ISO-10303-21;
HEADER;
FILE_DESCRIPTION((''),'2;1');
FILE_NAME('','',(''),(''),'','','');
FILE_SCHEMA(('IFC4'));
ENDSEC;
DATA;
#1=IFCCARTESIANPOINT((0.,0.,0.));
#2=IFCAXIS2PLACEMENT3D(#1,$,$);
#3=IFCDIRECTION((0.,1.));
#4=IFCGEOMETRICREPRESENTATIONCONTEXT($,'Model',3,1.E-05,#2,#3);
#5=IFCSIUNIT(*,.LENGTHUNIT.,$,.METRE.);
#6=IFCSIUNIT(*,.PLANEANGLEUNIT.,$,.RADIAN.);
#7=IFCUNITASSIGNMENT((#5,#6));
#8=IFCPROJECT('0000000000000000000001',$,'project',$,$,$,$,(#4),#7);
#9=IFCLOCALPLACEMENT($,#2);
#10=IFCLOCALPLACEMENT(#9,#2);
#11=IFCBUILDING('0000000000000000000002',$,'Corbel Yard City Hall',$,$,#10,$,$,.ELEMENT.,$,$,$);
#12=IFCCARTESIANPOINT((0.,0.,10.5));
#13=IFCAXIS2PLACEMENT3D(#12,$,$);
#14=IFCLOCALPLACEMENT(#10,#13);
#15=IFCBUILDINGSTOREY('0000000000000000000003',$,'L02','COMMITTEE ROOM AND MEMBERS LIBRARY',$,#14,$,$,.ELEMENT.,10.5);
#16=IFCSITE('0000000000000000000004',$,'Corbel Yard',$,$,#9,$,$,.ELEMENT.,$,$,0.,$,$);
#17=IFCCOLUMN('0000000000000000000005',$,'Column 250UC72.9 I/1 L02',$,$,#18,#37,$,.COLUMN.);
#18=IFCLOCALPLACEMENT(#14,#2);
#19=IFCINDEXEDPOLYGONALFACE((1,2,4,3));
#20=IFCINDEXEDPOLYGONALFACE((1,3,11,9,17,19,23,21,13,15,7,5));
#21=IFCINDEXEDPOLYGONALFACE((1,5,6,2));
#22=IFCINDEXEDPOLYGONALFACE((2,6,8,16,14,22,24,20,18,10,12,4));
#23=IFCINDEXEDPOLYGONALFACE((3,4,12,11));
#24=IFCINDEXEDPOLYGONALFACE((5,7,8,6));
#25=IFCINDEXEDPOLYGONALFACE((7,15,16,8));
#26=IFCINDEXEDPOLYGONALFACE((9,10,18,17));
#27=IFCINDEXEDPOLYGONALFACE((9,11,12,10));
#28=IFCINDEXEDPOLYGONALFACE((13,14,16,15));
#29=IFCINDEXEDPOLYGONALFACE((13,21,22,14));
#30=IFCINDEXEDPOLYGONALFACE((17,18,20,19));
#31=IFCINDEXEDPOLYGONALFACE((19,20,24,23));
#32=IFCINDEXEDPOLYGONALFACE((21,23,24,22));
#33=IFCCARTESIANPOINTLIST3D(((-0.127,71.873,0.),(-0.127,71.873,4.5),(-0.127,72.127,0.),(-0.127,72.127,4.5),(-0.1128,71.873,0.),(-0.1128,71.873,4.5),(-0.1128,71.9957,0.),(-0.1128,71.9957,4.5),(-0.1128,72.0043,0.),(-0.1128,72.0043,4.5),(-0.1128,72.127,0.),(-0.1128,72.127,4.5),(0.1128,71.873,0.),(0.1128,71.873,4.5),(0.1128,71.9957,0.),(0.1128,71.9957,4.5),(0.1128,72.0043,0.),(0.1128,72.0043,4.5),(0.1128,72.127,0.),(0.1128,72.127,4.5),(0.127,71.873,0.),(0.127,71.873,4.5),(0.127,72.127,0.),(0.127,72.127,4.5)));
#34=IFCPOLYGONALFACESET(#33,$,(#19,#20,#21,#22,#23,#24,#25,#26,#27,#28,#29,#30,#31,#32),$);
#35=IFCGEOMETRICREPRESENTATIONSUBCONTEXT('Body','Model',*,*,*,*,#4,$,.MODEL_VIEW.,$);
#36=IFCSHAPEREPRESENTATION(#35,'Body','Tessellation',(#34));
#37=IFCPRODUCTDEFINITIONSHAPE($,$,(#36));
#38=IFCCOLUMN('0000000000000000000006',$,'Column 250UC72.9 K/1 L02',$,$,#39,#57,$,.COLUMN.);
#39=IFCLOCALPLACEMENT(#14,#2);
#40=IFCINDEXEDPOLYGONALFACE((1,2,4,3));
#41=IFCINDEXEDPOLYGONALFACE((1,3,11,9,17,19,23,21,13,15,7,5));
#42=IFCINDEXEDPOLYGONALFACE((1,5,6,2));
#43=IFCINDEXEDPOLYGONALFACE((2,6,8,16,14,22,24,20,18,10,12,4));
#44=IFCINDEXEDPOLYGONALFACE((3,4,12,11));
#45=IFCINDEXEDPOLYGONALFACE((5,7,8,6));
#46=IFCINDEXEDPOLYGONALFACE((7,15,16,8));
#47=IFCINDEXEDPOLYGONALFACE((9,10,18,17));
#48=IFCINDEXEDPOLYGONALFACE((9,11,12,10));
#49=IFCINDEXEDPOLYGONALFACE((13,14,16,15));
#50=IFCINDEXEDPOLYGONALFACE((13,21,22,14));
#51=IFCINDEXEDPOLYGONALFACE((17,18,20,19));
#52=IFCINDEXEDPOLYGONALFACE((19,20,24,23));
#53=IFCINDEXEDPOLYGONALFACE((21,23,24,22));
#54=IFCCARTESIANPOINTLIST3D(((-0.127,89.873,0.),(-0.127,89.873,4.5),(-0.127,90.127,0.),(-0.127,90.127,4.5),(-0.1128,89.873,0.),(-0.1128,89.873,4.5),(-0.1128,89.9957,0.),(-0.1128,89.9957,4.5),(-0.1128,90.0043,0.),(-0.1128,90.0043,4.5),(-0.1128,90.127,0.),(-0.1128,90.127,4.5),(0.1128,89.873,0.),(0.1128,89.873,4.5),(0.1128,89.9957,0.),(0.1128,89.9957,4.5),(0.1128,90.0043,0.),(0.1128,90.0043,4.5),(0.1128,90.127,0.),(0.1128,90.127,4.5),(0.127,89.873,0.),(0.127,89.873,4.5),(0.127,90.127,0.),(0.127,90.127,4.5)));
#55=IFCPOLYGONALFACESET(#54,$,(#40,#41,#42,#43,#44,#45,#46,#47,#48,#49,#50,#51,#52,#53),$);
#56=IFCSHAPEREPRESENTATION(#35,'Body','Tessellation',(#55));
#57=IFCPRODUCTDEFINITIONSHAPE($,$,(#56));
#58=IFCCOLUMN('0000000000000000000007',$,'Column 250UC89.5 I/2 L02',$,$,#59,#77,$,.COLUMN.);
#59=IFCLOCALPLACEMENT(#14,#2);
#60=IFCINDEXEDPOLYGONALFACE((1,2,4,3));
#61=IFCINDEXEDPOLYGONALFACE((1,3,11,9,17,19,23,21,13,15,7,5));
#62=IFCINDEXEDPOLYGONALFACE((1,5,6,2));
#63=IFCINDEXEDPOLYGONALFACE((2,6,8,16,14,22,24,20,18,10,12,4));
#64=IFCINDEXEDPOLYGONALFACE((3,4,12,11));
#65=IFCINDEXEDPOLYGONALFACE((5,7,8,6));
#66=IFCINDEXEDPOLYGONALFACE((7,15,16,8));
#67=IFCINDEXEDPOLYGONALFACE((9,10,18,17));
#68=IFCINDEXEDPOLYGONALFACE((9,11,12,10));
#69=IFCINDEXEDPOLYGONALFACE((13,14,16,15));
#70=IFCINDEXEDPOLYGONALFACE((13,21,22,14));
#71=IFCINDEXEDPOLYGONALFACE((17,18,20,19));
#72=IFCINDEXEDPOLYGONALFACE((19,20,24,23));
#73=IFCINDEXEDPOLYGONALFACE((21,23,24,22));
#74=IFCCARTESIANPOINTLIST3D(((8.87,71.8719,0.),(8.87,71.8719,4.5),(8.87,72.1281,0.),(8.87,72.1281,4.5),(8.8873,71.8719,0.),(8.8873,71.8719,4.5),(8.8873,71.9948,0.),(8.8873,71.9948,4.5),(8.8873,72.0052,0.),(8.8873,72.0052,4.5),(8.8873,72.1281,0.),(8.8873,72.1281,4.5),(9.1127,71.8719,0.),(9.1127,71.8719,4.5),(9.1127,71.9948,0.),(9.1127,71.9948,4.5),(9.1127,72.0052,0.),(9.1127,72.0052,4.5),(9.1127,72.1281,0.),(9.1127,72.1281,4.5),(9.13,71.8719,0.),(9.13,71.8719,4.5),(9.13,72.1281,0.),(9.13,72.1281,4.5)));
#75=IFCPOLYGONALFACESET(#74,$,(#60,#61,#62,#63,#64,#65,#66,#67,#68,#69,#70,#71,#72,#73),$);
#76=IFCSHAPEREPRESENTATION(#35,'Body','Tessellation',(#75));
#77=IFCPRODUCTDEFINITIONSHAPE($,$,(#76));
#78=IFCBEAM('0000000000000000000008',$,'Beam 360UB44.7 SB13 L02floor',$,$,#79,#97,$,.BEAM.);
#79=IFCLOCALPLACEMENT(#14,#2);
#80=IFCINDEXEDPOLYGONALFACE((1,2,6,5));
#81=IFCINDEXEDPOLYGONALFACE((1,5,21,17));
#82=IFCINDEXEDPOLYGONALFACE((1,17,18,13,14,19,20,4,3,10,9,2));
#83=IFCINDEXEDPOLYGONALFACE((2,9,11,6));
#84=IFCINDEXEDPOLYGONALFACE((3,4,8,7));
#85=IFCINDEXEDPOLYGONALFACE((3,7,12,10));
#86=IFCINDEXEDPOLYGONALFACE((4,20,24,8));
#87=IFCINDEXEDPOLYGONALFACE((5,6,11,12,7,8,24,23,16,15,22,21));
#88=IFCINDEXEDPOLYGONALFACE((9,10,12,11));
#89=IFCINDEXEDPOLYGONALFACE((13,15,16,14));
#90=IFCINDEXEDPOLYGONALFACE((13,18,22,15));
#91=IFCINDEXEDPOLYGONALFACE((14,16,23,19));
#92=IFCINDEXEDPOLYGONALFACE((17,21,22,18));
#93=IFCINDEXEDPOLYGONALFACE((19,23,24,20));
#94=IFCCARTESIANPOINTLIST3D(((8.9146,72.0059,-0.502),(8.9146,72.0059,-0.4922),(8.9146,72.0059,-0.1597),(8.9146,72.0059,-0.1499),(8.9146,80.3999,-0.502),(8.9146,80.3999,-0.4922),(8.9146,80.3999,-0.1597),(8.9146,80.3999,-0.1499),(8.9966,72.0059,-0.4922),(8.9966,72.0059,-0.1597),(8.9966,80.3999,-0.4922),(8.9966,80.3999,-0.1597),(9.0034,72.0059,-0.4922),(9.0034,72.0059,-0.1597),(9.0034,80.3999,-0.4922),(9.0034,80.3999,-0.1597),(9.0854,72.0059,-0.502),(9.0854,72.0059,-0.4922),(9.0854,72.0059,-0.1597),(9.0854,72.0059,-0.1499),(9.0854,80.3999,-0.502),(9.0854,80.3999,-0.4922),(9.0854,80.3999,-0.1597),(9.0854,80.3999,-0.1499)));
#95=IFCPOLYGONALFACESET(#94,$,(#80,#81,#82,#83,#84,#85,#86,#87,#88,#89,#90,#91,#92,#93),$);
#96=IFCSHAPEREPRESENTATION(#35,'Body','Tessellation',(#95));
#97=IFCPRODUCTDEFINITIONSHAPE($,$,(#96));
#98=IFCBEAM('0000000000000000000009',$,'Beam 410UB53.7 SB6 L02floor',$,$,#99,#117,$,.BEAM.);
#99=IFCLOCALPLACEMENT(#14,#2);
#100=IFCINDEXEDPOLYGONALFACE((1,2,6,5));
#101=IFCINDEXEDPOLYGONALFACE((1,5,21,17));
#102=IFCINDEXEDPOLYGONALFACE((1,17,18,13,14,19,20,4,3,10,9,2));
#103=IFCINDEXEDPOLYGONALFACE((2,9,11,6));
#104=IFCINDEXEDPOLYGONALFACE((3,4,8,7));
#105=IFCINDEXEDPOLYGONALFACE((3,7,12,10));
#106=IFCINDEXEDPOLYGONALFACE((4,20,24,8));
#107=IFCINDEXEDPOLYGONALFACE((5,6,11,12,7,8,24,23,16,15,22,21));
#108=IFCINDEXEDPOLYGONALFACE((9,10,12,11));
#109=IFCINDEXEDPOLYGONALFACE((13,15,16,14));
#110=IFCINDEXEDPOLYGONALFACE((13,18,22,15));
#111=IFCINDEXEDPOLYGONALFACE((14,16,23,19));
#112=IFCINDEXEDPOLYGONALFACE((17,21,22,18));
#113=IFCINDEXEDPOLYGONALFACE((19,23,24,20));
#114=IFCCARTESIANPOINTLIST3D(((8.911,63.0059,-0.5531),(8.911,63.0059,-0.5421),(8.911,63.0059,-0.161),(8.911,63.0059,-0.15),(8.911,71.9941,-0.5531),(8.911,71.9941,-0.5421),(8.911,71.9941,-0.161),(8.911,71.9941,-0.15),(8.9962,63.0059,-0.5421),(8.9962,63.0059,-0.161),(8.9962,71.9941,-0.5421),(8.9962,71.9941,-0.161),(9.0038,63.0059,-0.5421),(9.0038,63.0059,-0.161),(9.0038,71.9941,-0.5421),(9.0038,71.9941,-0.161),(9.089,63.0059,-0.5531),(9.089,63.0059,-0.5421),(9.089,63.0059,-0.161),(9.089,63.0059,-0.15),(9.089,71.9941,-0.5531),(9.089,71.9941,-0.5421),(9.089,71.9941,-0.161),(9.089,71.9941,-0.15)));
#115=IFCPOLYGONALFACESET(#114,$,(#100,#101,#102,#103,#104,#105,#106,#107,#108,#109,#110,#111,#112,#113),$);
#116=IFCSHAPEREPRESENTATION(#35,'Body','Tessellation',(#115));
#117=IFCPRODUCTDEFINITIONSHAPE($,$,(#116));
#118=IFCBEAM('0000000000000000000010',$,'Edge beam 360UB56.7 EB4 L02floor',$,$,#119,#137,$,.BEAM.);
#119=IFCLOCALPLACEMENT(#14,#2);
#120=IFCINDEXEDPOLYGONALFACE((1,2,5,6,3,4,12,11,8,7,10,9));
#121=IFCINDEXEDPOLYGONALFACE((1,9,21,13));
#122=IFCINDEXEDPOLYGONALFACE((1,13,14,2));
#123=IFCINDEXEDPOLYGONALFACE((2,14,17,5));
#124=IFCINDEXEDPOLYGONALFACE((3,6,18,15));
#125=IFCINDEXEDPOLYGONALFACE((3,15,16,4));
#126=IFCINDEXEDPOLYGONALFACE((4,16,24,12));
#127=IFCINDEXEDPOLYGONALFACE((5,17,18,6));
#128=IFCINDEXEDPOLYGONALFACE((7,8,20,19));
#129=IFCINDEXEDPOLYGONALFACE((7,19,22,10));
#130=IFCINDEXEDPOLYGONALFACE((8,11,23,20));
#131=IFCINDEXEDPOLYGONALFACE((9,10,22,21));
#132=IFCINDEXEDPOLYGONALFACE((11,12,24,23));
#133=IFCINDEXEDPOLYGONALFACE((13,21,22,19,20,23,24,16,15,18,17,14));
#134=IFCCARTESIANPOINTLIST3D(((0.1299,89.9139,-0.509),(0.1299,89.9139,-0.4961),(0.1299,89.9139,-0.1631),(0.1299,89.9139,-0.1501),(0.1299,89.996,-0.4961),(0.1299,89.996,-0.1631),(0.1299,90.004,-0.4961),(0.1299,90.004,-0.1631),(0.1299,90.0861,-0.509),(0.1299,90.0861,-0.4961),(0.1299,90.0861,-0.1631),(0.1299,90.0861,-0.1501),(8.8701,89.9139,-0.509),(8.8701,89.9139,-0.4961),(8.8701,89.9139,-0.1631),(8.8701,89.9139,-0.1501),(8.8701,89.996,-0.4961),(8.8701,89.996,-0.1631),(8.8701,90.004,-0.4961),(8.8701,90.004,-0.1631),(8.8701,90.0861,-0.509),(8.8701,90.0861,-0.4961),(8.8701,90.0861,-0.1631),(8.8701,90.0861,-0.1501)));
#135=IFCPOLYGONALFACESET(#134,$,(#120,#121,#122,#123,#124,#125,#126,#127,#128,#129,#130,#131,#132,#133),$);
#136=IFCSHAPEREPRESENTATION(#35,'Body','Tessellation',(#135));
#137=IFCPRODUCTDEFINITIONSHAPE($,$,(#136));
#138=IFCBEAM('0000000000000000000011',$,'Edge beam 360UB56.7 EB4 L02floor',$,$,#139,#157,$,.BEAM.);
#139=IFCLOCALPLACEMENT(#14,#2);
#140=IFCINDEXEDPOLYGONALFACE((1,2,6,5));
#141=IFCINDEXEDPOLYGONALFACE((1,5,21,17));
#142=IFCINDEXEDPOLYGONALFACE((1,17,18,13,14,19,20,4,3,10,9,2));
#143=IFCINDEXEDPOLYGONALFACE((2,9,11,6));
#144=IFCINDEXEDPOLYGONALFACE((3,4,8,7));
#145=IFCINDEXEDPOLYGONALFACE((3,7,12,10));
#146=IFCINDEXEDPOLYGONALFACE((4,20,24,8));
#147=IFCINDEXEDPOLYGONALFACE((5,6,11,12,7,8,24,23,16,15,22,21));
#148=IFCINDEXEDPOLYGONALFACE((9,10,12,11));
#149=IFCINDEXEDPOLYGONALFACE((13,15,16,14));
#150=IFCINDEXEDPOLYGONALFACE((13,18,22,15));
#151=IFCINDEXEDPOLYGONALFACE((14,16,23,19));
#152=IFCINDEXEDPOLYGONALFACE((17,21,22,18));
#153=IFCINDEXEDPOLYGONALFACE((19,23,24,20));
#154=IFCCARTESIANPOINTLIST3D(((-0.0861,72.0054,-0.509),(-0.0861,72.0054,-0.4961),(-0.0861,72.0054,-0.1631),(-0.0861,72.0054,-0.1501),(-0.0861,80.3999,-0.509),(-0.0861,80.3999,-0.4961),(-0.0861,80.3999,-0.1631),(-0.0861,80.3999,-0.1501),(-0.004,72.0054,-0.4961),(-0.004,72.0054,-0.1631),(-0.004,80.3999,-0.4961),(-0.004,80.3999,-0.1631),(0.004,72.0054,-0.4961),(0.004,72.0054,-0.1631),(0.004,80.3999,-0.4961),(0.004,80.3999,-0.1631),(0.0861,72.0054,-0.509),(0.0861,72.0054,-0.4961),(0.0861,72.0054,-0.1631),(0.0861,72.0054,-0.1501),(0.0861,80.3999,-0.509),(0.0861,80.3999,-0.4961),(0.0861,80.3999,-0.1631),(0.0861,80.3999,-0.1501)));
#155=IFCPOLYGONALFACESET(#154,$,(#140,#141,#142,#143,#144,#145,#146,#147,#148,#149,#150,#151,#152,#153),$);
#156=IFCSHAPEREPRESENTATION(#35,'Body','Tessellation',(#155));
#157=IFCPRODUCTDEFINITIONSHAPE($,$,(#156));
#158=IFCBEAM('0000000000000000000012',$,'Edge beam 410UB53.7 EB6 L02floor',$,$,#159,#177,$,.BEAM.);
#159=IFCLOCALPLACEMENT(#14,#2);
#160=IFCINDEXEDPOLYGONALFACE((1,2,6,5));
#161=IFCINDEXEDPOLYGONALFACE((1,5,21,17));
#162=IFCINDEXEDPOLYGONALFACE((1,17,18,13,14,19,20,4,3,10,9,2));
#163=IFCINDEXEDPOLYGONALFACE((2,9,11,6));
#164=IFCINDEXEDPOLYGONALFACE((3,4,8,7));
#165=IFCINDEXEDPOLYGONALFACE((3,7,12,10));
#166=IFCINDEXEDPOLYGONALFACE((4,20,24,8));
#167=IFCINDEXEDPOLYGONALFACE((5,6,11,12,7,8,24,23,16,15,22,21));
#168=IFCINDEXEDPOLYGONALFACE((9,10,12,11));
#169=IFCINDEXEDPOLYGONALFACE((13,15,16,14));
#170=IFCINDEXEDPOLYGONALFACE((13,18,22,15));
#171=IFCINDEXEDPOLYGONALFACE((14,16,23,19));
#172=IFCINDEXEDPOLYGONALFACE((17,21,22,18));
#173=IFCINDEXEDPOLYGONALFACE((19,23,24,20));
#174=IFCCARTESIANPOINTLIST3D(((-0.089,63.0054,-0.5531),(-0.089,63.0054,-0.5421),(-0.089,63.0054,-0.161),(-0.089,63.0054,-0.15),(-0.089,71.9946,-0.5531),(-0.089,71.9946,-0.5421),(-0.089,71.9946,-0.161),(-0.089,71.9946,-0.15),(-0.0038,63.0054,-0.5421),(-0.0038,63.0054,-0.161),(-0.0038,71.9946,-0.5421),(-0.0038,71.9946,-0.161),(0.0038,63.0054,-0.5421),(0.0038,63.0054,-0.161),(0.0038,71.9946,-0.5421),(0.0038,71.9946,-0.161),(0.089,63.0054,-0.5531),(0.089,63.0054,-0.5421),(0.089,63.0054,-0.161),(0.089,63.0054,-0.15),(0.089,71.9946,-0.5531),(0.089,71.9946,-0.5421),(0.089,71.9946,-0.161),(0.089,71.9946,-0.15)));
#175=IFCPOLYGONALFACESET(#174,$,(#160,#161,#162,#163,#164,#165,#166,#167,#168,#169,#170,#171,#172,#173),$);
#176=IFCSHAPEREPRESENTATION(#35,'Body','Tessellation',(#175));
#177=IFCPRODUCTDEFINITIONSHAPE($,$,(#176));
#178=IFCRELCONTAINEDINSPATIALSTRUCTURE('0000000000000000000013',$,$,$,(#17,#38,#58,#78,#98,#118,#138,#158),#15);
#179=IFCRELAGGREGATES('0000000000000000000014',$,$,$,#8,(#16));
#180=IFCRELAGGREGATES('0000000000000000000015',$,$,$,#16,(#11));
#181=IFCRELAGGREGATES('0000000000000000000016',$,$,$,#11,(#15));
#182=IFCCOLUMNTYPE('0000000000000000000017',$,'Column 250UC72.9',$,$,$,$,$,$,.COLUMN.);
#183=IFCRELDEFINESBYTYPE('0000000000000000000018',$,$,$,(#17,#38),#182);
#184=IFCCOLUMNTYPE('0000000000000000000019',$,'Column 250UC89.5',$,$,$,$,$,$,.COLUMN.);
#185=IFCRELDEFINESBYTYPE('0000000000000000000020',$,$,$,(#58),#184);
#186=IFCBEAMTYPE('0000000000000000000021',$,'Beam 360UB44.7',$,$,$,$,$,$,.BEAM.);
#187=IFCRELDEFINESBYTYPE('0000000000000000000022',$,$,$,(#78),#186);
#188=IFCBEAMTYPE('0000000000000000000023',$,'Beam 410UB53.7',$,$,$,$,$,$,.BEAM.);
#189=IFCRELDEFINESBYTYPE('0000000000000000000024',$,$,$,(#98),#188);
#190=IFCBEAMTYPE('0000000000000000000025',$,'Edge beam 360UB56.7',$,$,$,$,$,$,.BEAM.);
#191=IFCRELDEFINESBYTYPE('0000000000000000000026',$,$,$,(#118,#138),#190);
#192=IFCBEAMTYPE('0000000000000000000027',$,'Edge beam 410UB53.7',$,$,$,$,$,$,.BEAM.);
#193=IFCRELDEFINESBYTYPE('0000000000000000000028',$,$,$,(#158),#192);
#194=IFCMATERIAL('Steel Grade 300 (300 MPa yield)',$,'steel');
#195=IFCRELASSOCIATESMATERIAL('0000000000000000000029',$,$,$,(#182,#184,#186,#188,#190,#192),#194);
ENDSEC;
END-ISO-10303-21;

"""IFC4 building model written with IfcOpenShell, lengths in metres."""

from ifc_helpers import new_model, si_unit, direction, frame, origin, origin_2d, place, context, subcontext, project, spatial, i_section, extrude, material, material_profile, profile_set, type_object, element, save


model = new_model("IFC4")

# Units and contexts
model_context = context("Model", 3, precision=1e-05, world=origin(), true_north=direction((0.0, 1.0)))
body_context = subcontext(model_context, "Body", "Model", "MODEL_VIEW")
ifc_project = project(units=[si_unit("LENGTHUNIT", "METRE"), si_unit("PLANEANGLEUNIT", "RADIAN")], contexts=[model_context])

# Site, building, storey
site_placement = place(None, origin())
site = spatial("IfcSite", under=ifc_project, at=site_placement, Name="Corbel Yard", CompositionType="ELEMENT", RefElevation=0.0)
building_placement = place(site_placement, origin())
building = spatial("IfcBuilding", under=site, at=building_placement, Name="Corbel Yard City Hall", CompositionType="ELEMENT")
storey_placement = place(building_placement, frame((0.0, 0.0, 10.5)))
storey = spatial("IfcBuildingStorey", under=building, at=storey_placement, Name="L02", Description="COMMITTEE ROOM AND MEMBERS LIBRARY", CompositionType="ELEMENT", Elevation=10.5)

# Columns
ifc_material_1 = material(Name="Steel Grade 300 (300 MPa yield)", Category="steel")
ifc_material_profile_1 = material_profile(ifc_material_1, i_section(OverallWidth=0.2539, OverallDepth=0.2539, WebThickness=0.0085, FlangeThickness=0.0142, at=origin_2d()), Name="250UC72.9")
ifc_profile_set_1 = profile_set([ifc_material_profile_1], Name="Steel Grade 300 (300 MPa yield)")
column_type_1 = type_object("IfcColumnType", Name="Column 250UC72.9", PredefinedType="COLUMN", material=ifc_profile_set_1)
for number, where, z_axis, x_axis, name in (
    (1, (0.0, 72.0, 0.0), (0.0, 0.0, 1.0), (0.0, 1.0, 0.0), "Column 250UC72.9 I/1 L02"),
    (2, (0.0, 90.0, 0.0), (0.0, 0.0, 1.0), (0.0, 1.0, 0.0), "Column 250UC72.9 K/1 L02"),
):
    element("IfcColumn", number, at=place(storey_placement, frame(where, z_axis=z_axis, x_axis=x_axis)), inside=storey, type_object=column_type_1, Name=name, PredefinedType="COLUMN", context=body_context, shape_type="SweptSolid", body=[
        extrude(i_section(OverallWidth=0.2539, OverallDepth=0.2539, WebThickness=0.0085, FlangeThickness=0.0142, at=origin_2d()), origin(), (0.0, 0.0, 1.0), 4.5),
    ])
ifc_material_profile_2 = material_profile(ifc_material_1, i_section(OverallWidth=0.2561, OverallDepth=0.26, WebThickness=0.0105, FlangeThickness=0.0173, at=origin_2d()), Name="250UC89.5")
ifc_profile_set_2 = profile_set([ifc_material_profile_2], Name="Steel Grade 300 (300 MPa yield)")
column_type_2 = type_object("IfcColumnType", Name="Column 250UC89.5", PredefinedType="COLUMN", material=ifc_profile_set_2)
column_placement = place(storey_placement, frame((9.0, 72.0, 0.0), z_axis=(0.0, 0.0, 1.0), x_axis=(0.0, 1.0, 0.0)))
element("IfcColumn", 3, at=column_placement, inside=storey, type_object=column_type_2, Name="Column 250UC89.5 I/2 L02", PredefinedType="COLUMN", context=body_context, shape_type="SweptSolid", body=[
    extrude(i_section(OverallWidth=0.2561, OverallDepth=0.26, WebThickness=0.0105, FlangeThickness=0.0173, at=origin_2d()), origin(), (0.0, 0.0, 1.0), 4.5),
])

# Beams
ifc_material_profile_3 = material_profile(ifc_material_1, i_section(OverallWidth=0.1709, OverallDepth=0.3521, WebThickness=0.0068, FlangeThickness=0.0098, at=origin_2d()), Name="360UB44.7")
ifc_profile_set_3 = profile_set([ifc_material_profile_3], Name="Steel Grade 300 (300 MPa yield)")
beam_type_1 = type_object("IfcBeamType", Name="Beam 360UB44.7", PredefinedType="BEAM", material=ifc_profile_set_3)
beam_1_placement = place(storey_placement, frame((9.0, 72.0059, -0.3259), z_axis=(0.0, 1.0, 0.0), x_axis=(-1.0, 0.0, 0.0)))
element("IfcBeam", 4, at=beam_1_placement, inside=storey, type_object=beam_type_1, Name="Beam 360UB44.7 SB13 L02floor", PredefinedType="BEAM", context=body_context, shape_type="SweptSolid", body=[
    extrude(i_section(OverallWidth=0.1709, OverallDepth=0.3521, WebThickness=0.0068, FlangeThickness=0.0098, at=origin_2d()), origin(), (0.0, 0.0, 1.0), 8.394),
])
ifc_material_profile_4 = material_profile(ifc_material_1, i_section(OverallWidth=0.178, OverallDepth=0.4031, WebThickness=0.0076, FlangeThickness=0.011, at=origin_2d()), Name="410UB53.7")
ifc_profile_set_4 = profile_set([ifc_material_profile_4], Name="Steel Grade 300 (300 MPa yield)")
beam_type_2 = type_object("IfcBeamType", Name="Beam 410UB53.7", PredefinedType="BEAM", material=ifc_profile_set_4)
beam_2_placement = place(storey_placement, frame((9.0, 63.0059, -0.3516), z_axis=(0.0, 1.0, 0.0), x_axis=(-1.0, 0.0, 0.0)))
element("IfcBeam", 5, at=beam_2_placement, inside=storey, type_object=beam_type_2, Name="Beam 410UB53.7 SB6 L02floor", PredefinedType="BEAM", context=body_context, shape_type="SweptSolid", body=[
    extrude(i_section(OverallWidth=0.178, OverallDepth=0.4031, WebThickness=0.0076, FlangeThickness=0.011, at=origin_2d()), origin(), (0.0, 0.0, 1.0), 8.9883),
])
ifc_material_profile_5 = material_profile(ifc_material_1, i_section(OverallWidth=0.1721, OverallDepth=0.3589, WebThickness=0.0081, FlangeThickness=0.0129, at=origin_2d()), Name="360UB56.7")
ifc_profile_set_5 = profile_set([ifc_material_profile_5], Name="Steel Grade 300 (300 MPa yield)")
beam_type_3 = type_object("IfcBeamType", Name="Edge beam 360UB56.7", PredefinedType="BEAM", material=ifc_profile_set_5)
beam_3_placement = place(storey_placement, frame((0.1299, 90.0, -0.3296), z_axis=(1.0, 0.0, 0.0), x_axis=(0.0, 1.0, 0.0)))
element("IfcBeam", 6, at=beam_3_placement, inside=storey, type_object=beam_type_3, Name="Edge beam 360UB56.7 EB4 L02floor", PredefinedType="BEAM", context=body_context, shape_type="SweptSolid", body=[
    extrude(i_section(OverallWidth=0.1721, OverallDepth=0.3589, WebThickness=0.0081, FlangeThickness=0.0129, at=origin_2d()), origin(), (0.0, 0.0, 1.0), 8.7402),
])
beam_4_placement = place(storey_placement, frame((0.0, 72.0054, -0.3296), z_axis=(0.0, 1.0, 0.0), x_axis=(-1.0, 0.0, 0.0)))
element("IfcBeam", 7, at=beam_4_placement, inside=storey, type_object=beam_type_3, Name="Edge beam 360UB56.7 EB4 L02floor", PredefinedType="BEAM", context=body_context, shape_type="SweptSolid", body=[
    extrude(i_section(OverallWidth=0.1721, OverallDepth=0.3589, WebThickness=0.0081, FlangeThickness=0.0129, at=origin_2d()), origin(), (0.0, 0.0, 1.0), 8.3945),
])
ifc_material_profile_6 = material_profile(ifc_material_1, i_section(OverallWidth=0.178, OverallDepth=0.4031, WebThickness=0.0076, FlangeThickness=0.011, at=origin_2d()), Name="410UB53.7")
ifc_profile_set_6 = profile_set([ifc_material_profile_6], Name="Steel Grade 300 (300 MPa yield)")
beam_type_4 = type_object("IfcBeamType", Name="Edge beam 410UB53.7", PredefinedType="BEAM", material=ifc_profile_set_6)
beam_5_placement = place(storey_placement, frame((0.0, 63.0054, -0.3516), z_axis=(0.0, 1.0, 0.0), x_axis=(-1.0, 0.0, 0.0)))
element("IfcBeam", 8, at=beam_5_placement, inside=storey, type_object=beam_type_4, Name="Edge beam 410UB53.7 EB6 L02floor", PredefinedType="BEAM", context=body_context, shape_type="SweptSolid", body=[
    extrude(i_section(OverallWidth=0.178, OverallDepth=0.4031, WebThickness=0.0076, FlangeThickness=0.011, at=origin_2d()), origin(), (0.0, 0.0, 1.0), 8.9893),
])

save(model, "model.ifc")
